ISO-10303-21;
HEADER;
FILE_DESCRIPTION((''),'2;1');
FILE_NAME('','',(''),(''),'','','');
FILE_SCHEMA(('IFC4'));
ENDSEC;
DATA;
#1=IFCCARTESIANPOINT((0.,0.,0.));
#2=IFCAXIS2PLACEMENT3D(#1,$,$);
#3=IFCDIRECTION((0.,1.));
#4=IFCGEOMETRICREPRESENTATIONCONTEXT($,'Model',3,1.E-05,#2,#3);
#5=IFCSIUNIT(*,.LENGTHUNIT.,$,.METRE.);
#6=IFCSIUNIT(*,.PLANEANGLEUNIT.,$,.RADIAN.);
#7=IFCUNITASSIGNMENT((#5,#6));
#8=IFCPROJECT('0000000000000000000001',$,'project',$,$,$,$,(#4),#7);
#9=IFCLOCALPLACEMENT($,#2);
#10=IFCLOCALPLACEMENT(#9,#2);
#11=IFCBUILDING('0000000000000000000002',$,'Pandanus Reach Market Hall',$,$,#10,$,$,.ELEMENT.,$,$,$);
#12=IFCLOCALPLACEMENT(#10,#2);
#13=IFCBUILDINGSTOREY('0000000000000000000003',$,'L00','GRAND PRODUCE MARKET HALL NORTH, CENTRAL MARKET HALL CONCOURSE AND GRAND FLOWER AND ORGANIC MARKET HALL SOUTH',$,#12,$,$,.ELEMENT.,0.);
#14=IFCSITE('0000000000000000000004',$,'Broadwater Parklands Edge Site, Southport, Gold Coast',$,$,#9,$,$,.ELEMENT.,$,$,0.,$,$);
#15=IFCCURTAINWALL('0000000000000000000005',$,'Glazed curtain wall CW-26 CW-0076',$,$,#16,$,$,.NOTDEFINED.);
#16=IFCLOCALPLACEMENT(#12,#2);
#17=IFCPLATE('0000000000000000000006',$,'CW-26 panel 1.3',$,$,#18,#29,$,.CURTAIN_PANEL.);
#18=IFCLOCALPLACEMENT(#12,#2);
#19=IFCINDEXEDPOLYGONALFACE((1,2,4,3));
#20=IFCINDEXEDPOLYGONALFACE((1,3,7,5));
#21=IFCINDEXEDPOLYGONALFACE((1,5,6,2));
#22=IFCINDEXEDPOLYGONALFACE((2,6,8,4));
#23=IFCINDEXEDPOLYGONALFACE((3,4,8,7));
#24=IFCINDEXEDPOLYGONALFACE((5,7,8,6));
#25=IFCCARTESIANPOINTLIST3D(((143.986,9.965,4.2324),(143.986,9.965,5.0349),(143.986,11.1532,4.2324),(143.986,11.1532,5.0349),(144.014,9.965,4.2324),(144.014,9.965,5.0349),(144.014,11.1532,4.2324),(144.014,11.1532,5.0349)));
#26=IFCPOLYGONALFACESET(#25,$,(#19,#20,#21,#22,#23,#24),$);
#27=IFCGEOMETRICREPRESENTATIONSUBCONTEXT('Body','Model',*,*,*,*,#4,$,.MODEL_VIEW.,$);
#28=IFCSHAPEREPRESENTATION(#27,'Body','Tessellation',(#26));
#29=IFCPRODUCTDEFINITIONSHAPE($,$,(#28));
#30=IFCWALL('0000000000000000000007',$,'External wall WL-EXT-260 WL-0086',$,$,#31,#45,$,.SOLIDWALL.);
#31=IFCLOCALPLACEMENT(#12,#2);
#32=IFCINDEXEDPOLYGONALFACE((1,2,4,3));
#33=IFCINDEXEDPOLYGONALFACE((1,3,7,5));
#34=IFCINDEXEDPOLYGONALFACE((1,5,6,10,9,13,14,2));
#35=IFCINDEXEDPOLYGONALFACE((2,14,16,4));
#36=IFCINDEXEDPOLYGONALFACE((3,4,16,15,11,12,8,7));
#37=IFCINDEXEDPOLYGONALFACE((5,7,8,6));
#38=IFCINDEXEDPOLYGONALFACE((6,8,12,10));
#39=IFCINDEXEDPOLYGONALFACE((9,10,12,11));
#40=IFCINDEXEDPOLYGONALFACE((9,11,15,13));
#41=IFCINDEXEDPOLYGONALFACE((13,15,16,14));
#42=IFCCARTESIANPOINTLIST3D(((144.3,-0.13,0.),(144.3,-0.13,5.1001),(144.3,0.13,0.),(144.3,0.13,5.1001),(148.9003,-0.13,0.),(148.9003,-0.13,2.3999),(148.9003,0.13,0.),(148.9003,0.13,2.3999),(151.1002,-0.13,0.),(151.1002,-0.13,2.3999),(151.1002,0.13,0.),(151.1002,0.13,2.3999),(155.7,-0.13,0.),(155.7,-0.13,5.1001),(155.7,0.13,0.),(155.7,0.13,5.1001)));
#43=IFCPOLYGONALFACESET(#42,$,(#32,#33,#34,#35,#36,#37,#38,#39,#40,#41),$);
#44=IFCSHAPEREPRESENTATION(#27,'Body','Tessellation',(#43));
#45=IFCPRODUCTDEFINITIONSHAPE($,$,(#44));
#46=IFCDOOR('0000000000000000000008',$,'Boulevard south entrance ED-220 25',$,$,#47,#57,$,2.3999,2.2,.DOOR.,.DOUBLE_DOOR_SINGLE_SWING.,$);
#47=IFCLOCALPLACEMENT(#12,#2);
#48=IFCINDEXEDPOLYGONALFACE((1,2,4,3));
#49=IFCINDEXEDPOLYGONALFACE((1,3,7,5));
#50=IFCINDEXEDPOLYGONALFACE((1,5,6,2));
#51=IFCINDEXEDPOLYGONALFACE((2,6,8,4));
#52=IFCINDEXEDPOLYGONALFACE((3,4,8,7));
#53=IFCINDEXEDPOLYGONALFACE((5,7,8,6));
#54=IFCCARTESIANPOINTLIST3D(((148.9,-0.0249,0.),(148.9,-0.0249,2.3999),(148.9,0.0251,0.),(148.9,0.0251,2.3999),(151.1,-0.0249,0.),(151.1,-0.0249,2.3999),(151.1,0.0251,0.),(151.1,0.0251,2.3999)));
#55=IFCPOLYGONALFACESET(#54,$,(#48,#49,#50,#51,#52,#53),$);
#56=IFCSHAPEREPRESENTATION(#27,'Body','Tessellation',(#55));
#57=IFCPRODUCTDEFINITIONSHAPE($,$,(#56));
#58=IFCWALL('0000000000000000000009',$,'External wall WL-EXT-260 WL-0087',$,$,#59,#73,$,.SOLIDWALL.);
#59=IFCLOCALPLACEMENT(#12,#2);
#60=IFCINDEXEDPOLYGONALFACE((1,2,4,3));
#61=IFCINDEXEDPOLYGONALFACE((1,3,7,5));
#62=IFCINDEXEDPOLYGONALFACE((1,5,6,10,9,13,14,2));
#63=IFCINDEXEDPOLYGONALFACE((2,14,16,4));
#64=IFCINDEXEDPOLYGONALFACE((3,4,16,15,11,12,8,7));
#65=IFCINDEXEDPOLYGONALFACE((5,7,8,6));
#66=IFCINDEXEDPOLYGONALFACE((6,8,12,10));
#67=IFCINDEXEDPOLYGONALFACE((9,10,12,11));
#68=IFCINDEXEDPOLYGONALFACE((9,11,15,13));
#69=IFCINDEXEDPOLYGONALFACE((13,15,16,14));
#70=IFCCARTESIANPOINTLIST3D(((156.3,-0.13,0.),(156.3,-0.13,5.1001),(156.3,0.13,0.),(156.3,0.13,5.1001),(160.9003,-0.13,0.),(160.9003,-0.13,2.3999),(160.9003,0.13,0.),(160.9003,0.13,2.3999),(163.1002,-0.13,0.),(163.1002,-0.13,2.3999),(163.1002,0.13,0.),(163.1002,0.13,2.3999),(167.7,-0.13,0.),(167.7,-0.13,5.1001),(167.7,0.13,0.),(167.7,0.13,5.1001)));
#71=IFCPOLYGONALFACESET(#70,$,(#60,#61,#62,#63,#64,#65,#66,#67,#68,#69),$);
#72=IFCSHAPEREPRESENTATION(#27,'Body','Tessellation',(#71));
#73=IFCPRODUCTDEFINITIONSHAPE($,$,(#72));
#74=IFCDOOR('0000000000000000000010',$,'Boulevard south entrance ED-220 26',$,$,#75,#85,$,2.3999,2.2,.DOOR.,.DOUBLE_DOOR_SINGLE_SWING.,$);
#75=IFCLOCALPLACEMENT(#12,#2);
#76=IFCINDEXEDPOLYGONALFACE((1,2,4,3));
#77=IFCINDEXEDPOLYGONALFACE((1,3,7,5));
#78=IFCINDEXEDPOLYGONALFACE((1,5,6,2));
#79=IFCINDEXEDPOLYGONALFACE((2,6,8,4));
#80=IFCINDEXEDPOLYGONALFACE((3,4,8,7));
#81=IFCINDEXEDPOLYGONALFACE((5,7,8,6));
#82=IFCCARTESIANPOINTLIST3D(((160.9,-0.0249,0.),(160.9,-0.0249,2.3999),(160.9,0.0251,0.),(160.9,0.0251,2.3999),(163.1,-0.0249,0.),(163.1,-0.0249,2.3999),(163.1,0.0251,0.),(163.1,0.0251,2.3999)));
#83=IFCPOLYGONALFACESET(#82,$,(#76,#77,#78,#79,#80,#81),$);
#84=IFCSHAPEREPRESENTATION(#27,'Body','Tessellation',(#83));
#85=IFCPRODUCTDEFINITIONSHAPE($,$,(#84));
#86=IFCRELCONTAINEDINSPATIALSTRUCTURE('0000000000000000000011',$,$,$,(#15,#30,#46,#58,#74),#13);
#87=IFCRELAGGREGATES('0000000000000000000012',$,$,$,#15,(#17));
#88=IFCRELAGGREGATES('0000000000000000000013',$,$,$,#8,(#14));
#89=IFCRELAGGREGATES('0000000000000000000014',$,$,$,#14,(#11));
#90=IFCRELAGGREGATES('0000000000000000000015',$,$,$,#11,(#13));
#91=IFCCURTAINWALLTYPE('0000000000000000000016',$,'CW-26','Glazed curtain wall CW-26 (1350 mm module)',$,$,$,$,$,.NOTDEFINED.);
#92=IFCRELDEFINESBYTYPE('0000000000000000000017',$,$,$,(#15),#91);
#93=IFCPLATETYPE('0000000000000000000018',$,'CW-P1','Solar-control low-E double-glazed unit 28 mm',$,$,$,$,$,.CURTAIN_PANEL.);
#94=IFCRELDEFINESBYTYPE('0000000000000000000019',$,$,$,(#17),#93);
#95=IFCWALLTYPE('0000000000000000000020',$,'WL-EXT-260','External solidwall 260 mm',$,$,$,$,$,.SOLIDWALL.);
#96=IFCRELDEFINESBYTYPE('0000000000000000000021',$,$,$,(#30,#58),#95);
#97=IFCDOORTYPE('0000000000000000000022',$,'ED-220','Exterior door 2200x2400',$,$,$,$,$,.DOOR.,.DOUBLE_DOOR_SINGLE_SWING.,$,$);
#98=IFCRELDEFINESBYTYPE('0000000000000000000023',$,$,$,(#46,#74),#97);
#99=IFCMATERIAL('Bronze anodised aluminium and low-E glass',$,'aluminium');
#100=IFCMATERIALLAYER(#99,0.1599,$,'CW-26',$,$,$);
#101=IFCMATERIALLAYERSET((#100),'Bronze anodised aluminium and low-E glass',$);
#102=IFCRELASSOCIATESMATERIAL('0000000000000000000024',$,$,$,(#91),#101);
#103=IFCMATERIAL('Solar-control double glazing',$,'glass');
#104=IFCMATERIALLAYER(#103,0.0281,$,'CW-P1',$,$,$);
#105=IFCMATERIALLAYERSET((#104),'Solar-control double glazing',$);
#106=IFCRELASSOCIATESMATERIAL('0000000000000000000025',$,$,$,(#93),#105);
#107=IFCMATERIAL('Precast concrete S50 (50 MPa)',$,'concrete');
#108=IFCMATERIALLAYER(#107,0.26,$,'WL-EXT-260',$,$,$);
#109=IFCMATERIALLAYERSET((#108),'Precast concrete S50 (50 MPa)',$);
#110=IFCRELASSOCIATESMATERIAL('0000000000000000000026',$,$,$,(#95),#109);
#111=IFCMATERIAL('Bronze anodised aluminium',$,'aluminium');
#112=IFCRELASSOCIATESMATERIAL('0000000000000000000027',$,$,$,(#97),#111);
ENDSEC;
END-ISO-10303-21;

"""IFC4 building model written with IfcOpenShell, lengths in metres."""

from ifc_helpers import new_model, si_unit, direction, frame, frame_2d, origin, origin_2d, place, context, subcontext, project, spatial, rectangle, extrude, material, layer, layer_set, type_object, element, fill, aggregate, save


model = new_model("IFC4")

# Units and contexts
model_context = context("Model", 3, precision=1e-05, world=origin(), true_north=direction((0.0, 1.0)))
body_context = subcontext(model_context, "Body", "Model", "MODEL_VIEW")
ifc_project = project(units=[si_unit("LENGTHUNIT", "METRE"), si_unit("PLANEANGLEUNIT", "RADIAN")], contexts=[model_context])

# Site, building, storey
site_placement = place(None, origin())
site = spatial("IfcSite", under=ifc_project, at=site_placement, Name="Broadwater Parklands Edge Site, Southport, Gold Coast", CompositionType="ELEMENT", RefElevation=0.0)
building_placement = place(site_placement, origin())
building = spatial("IfcBuilding", under=site, at=building_placement, Name="Pandanus Reach Market Hall", CompositionType="ELEMENT")
storey_placement = place(building_placement, origin())
storey = spatial("IfcBuildingStorey", under=building, at=storey_placement, Name="L00", Description="GRAND PRODUCE MARKET HALL NORTH, CENTRAL MARKET HALL CONCOURSE AND GRAND FLOWER AND ORGANIC MARKET HALL SOUTH", CompositionType="ELEMENT", Elevation=0.0)

# Curtain wall
ifc_material_1 = material(Name="Bronze anodised aluminium and low-E glass", Category="aluminium")
ifc_layer_1 = layer(ifc_material_1, 0.1599, Name="CW-26")
ifc_layer_set_1 = layer_set([ifc_layer_1], Name="Bronze anodised aluminium and low-E glass")
curtain_wall_type = type_object("IfcCurtainWallType", Name="CW-26", Description="Glazed curtain wall CW-26 (1350 mm module)", PredefinedType="NOTDEFINED", material=ifc_layer_set_1)
ifc_material_2 = material(Name="Bronze anodised aluminium", Category="aluminium")
curtain_wall_1_placement = place(storey_placement, origin())
curtain_wall_1 = element("IfcCurtainWall", 1, at=curtain_wall_1_placement, inside=storey, type_object=curtain_wall_type, Name="Glazed curtain wall CW-26 CW-0076", PredefinedType="NOTDEFINED")

# Plate
ifc_material_3 = material(Name="Solar-control double glazing", Category="glass")
ifc_layer_2 = layer(ifc_material_3, 0.0281, Name="CW-P1")
ifc_layer_set_2 = layer_set([ifc_layer_2], Name="Solar-control double glazing")
plate_type = type_object("IfcPlateType", Name="CW-P1", Description="Solar-control low-E double-glazed unit 28 mm", PredefinedType="CURTAIN_PANEL", material=ifc_layer_set_2)
plate_1_placement = place(storey_placement, frame((144.0, 10.5591, 4.2324), z_axis=(0.0, 0.0, 1.0), x_axis=(0.0, 1.0, 0.0)))
plate_1 = element("IfcPlate", 2, at=plate_1_placement, type_object=plate_type, Name="CW-26 panel 1.3", PredefinedType="CURTAIN_PANEL", context=body_context, shape_type="SweptSolid", body=[
    extrude(rectangle(XDim=1.1882, YDim=0.0281, at=origin_2d()), origin(), (0.0, 0.0, 1.0), 0.8025),
])
aggregate(curtain_wall_1, [plate_1])

# Walls, openings, doors
ifc_material_4 = material(Name="Precast concrete S50 (50 MPa)", Category="concrete")
ifc_layer_3 = layer(ifc_material_4, 0.26, Name="WL-EXT-260")
ifc_layer_set_3 = layer_set([ifc_layer_3], Name="Precast concrete S50 (50 MPa)")
wall_type = type_object("IfcWallType", Name="WL-EXT-260", Description="External solidwall 260 mm", PredefinedType="SOLIDWALL", material=ifc_layer_set_3)
wall_1_placement = place(storey_placement, frame((144.3, 0.0, 0.0), z_axis=(0.0, 0.0, 1.0), x_axis=(1.0, 0.0, 0.0)))
wall_1 = element("IfcWall", 3, at=wall_1_placement, inside=storey, type_object=wall_type, Name="External wall WL-EXT-260 WL-0086", PredefinedType="SOLIDWALL", context=body_context, shape_type="SweptSolid", body=[
    extrude(rectangle(XDim=11.3999, YDim=0.26, at=frame_2d((5.7, 0.0))), origin(), (0.0, 0.0, 1.0), 5.1001),
])
opening_1_placement = place(wall_1_placement, frame((4.6001, 0.0, 0.0)))
opening_1 = element("IfcOpeningElement", 4, at=opening_1_placement, cuts=wall_1, PredefinedType="OPENING", context=body_context, shape_type="SweptSolid", body=[
    extrude(rectangle(XDim=2.2, YDim=2.3999, at=frame_2d((1.1001, 1.2))), frame((0.0, 0.145, 0.0), z_axis=(0.0, -1.0, 0.0), x_axis=(1.0, 0.0, 0.0)), (0.0, 0.0, 1.0), 0.29),
])
door_type = type_object("IfcDoorType", Name="ED-220", Description="Exterior door 2200x2400", OperationType="DOUBLE_DOOR_SINGLE_SWING", PredefinedType="DOOR", material=ifc_material_2)
door_1_placement = place(opening_1_placement, frame((2.2, 0.0, 0.0), z_axis=(0.0, 0.0, 1.0), x_axis=(-1.0, 0.0, 0.0)))
door_1 = element("IfcDoor", 5, at=door_1_placement, inside=storey, type_object=door_type, Name="Boulevard south entrance ED-220 25", OperationType="DOUBLE_DOOR_SINGLE_SWING", OverallHeight=2.3999, OverallWidth=2.2, PredefinedType="DOOR", context=body_context, shape_type="SweptSolid", body=[
    extrude(rectangle(XDim=2.2, YDim=2.3999, at=frame_2d((1.1001, 1.2))), frame((0.0, 0.0249, 0.0), z_axis=(0.0, -1.0, 0.0), x_axis=(1.0, 0.0, 0.0)), (0.0, 0.0, 1.0), 0.05),
])
fill(opening_1, door_1)
wall_2_placement = place(storey_placement, frame((156.3, 0.0, 0.0), z_axis=(0.0, 0.0, 1.0), x_axis=(1.0, 0.0, 0.0)))
wall_2 = element("IfcWall", 6, at=wall_2_placement, inside=storey, type_object=wall_type, Name="External wall WL-EXT-260 WL-0087", PredefinedType="SOLIDWALL", context=body_context, shape_type="SweptSolid", body=[
    extrude(rectangle(XDim=11.3999, YDim=0.26, at=frame_2d((5.7, 0.0))), origin(), (0.0, 0.0, 1.0), 5.1001),
])
opening_2_placement = place(wall_2_placement, frame((4.6001, 0.0, 0.0)))
opening_2 = element("IfcOpeningElement", 7, at=opening_2_placement, cuts=wall_2, PredefinedType="OPENING", context=body_context, shape_type="SweptSolid", body=[
    extrude(rectangle(XDim=2.2, YDim=2.3999, at=frame_2d((1.1001, 1.2))), frame((0.0, 0.145, 0.0), z_axis=(0.0, -1.0, 0.0), x_axis=(1.0, 0.0, 0.0)), (0.0, 0.0, 1.0), 0.29),
])
door_2_placement = place(opening_2_placement, frame((2.2, 0.0, 0.0), z_axis=(0.0, 0.0, 1.0), x_axis=(-1.0, 0.0, 0.0)))
door_2 = element("IfcDoor", 8, at=door_2_placement, inside=storey, type_object=door_type, Name="Boulevard south entrance ED-220 26", OperationType="DOUBLE_DOOR_SINGLE_SWING", OverallHeight=2.3999, OverallWidth=2.2, PredefinedType="DOOR", context=body_context, shape_type="SweptSolid", body=[
    extrude(rectangle(XDim=2.2, YDim=2.3999, at=frame_2d((1.1001, 1.2))), frame((0.0, 0.0249, 0.0), z_axis=(0.0, -1.0, 0.0), x_axis=(1.0, 0.0, 0.0)), (0.0, 0.0, 1.0), 0.05),
])
fill(opening_2, door_2)

save(model, "model.ifc")
